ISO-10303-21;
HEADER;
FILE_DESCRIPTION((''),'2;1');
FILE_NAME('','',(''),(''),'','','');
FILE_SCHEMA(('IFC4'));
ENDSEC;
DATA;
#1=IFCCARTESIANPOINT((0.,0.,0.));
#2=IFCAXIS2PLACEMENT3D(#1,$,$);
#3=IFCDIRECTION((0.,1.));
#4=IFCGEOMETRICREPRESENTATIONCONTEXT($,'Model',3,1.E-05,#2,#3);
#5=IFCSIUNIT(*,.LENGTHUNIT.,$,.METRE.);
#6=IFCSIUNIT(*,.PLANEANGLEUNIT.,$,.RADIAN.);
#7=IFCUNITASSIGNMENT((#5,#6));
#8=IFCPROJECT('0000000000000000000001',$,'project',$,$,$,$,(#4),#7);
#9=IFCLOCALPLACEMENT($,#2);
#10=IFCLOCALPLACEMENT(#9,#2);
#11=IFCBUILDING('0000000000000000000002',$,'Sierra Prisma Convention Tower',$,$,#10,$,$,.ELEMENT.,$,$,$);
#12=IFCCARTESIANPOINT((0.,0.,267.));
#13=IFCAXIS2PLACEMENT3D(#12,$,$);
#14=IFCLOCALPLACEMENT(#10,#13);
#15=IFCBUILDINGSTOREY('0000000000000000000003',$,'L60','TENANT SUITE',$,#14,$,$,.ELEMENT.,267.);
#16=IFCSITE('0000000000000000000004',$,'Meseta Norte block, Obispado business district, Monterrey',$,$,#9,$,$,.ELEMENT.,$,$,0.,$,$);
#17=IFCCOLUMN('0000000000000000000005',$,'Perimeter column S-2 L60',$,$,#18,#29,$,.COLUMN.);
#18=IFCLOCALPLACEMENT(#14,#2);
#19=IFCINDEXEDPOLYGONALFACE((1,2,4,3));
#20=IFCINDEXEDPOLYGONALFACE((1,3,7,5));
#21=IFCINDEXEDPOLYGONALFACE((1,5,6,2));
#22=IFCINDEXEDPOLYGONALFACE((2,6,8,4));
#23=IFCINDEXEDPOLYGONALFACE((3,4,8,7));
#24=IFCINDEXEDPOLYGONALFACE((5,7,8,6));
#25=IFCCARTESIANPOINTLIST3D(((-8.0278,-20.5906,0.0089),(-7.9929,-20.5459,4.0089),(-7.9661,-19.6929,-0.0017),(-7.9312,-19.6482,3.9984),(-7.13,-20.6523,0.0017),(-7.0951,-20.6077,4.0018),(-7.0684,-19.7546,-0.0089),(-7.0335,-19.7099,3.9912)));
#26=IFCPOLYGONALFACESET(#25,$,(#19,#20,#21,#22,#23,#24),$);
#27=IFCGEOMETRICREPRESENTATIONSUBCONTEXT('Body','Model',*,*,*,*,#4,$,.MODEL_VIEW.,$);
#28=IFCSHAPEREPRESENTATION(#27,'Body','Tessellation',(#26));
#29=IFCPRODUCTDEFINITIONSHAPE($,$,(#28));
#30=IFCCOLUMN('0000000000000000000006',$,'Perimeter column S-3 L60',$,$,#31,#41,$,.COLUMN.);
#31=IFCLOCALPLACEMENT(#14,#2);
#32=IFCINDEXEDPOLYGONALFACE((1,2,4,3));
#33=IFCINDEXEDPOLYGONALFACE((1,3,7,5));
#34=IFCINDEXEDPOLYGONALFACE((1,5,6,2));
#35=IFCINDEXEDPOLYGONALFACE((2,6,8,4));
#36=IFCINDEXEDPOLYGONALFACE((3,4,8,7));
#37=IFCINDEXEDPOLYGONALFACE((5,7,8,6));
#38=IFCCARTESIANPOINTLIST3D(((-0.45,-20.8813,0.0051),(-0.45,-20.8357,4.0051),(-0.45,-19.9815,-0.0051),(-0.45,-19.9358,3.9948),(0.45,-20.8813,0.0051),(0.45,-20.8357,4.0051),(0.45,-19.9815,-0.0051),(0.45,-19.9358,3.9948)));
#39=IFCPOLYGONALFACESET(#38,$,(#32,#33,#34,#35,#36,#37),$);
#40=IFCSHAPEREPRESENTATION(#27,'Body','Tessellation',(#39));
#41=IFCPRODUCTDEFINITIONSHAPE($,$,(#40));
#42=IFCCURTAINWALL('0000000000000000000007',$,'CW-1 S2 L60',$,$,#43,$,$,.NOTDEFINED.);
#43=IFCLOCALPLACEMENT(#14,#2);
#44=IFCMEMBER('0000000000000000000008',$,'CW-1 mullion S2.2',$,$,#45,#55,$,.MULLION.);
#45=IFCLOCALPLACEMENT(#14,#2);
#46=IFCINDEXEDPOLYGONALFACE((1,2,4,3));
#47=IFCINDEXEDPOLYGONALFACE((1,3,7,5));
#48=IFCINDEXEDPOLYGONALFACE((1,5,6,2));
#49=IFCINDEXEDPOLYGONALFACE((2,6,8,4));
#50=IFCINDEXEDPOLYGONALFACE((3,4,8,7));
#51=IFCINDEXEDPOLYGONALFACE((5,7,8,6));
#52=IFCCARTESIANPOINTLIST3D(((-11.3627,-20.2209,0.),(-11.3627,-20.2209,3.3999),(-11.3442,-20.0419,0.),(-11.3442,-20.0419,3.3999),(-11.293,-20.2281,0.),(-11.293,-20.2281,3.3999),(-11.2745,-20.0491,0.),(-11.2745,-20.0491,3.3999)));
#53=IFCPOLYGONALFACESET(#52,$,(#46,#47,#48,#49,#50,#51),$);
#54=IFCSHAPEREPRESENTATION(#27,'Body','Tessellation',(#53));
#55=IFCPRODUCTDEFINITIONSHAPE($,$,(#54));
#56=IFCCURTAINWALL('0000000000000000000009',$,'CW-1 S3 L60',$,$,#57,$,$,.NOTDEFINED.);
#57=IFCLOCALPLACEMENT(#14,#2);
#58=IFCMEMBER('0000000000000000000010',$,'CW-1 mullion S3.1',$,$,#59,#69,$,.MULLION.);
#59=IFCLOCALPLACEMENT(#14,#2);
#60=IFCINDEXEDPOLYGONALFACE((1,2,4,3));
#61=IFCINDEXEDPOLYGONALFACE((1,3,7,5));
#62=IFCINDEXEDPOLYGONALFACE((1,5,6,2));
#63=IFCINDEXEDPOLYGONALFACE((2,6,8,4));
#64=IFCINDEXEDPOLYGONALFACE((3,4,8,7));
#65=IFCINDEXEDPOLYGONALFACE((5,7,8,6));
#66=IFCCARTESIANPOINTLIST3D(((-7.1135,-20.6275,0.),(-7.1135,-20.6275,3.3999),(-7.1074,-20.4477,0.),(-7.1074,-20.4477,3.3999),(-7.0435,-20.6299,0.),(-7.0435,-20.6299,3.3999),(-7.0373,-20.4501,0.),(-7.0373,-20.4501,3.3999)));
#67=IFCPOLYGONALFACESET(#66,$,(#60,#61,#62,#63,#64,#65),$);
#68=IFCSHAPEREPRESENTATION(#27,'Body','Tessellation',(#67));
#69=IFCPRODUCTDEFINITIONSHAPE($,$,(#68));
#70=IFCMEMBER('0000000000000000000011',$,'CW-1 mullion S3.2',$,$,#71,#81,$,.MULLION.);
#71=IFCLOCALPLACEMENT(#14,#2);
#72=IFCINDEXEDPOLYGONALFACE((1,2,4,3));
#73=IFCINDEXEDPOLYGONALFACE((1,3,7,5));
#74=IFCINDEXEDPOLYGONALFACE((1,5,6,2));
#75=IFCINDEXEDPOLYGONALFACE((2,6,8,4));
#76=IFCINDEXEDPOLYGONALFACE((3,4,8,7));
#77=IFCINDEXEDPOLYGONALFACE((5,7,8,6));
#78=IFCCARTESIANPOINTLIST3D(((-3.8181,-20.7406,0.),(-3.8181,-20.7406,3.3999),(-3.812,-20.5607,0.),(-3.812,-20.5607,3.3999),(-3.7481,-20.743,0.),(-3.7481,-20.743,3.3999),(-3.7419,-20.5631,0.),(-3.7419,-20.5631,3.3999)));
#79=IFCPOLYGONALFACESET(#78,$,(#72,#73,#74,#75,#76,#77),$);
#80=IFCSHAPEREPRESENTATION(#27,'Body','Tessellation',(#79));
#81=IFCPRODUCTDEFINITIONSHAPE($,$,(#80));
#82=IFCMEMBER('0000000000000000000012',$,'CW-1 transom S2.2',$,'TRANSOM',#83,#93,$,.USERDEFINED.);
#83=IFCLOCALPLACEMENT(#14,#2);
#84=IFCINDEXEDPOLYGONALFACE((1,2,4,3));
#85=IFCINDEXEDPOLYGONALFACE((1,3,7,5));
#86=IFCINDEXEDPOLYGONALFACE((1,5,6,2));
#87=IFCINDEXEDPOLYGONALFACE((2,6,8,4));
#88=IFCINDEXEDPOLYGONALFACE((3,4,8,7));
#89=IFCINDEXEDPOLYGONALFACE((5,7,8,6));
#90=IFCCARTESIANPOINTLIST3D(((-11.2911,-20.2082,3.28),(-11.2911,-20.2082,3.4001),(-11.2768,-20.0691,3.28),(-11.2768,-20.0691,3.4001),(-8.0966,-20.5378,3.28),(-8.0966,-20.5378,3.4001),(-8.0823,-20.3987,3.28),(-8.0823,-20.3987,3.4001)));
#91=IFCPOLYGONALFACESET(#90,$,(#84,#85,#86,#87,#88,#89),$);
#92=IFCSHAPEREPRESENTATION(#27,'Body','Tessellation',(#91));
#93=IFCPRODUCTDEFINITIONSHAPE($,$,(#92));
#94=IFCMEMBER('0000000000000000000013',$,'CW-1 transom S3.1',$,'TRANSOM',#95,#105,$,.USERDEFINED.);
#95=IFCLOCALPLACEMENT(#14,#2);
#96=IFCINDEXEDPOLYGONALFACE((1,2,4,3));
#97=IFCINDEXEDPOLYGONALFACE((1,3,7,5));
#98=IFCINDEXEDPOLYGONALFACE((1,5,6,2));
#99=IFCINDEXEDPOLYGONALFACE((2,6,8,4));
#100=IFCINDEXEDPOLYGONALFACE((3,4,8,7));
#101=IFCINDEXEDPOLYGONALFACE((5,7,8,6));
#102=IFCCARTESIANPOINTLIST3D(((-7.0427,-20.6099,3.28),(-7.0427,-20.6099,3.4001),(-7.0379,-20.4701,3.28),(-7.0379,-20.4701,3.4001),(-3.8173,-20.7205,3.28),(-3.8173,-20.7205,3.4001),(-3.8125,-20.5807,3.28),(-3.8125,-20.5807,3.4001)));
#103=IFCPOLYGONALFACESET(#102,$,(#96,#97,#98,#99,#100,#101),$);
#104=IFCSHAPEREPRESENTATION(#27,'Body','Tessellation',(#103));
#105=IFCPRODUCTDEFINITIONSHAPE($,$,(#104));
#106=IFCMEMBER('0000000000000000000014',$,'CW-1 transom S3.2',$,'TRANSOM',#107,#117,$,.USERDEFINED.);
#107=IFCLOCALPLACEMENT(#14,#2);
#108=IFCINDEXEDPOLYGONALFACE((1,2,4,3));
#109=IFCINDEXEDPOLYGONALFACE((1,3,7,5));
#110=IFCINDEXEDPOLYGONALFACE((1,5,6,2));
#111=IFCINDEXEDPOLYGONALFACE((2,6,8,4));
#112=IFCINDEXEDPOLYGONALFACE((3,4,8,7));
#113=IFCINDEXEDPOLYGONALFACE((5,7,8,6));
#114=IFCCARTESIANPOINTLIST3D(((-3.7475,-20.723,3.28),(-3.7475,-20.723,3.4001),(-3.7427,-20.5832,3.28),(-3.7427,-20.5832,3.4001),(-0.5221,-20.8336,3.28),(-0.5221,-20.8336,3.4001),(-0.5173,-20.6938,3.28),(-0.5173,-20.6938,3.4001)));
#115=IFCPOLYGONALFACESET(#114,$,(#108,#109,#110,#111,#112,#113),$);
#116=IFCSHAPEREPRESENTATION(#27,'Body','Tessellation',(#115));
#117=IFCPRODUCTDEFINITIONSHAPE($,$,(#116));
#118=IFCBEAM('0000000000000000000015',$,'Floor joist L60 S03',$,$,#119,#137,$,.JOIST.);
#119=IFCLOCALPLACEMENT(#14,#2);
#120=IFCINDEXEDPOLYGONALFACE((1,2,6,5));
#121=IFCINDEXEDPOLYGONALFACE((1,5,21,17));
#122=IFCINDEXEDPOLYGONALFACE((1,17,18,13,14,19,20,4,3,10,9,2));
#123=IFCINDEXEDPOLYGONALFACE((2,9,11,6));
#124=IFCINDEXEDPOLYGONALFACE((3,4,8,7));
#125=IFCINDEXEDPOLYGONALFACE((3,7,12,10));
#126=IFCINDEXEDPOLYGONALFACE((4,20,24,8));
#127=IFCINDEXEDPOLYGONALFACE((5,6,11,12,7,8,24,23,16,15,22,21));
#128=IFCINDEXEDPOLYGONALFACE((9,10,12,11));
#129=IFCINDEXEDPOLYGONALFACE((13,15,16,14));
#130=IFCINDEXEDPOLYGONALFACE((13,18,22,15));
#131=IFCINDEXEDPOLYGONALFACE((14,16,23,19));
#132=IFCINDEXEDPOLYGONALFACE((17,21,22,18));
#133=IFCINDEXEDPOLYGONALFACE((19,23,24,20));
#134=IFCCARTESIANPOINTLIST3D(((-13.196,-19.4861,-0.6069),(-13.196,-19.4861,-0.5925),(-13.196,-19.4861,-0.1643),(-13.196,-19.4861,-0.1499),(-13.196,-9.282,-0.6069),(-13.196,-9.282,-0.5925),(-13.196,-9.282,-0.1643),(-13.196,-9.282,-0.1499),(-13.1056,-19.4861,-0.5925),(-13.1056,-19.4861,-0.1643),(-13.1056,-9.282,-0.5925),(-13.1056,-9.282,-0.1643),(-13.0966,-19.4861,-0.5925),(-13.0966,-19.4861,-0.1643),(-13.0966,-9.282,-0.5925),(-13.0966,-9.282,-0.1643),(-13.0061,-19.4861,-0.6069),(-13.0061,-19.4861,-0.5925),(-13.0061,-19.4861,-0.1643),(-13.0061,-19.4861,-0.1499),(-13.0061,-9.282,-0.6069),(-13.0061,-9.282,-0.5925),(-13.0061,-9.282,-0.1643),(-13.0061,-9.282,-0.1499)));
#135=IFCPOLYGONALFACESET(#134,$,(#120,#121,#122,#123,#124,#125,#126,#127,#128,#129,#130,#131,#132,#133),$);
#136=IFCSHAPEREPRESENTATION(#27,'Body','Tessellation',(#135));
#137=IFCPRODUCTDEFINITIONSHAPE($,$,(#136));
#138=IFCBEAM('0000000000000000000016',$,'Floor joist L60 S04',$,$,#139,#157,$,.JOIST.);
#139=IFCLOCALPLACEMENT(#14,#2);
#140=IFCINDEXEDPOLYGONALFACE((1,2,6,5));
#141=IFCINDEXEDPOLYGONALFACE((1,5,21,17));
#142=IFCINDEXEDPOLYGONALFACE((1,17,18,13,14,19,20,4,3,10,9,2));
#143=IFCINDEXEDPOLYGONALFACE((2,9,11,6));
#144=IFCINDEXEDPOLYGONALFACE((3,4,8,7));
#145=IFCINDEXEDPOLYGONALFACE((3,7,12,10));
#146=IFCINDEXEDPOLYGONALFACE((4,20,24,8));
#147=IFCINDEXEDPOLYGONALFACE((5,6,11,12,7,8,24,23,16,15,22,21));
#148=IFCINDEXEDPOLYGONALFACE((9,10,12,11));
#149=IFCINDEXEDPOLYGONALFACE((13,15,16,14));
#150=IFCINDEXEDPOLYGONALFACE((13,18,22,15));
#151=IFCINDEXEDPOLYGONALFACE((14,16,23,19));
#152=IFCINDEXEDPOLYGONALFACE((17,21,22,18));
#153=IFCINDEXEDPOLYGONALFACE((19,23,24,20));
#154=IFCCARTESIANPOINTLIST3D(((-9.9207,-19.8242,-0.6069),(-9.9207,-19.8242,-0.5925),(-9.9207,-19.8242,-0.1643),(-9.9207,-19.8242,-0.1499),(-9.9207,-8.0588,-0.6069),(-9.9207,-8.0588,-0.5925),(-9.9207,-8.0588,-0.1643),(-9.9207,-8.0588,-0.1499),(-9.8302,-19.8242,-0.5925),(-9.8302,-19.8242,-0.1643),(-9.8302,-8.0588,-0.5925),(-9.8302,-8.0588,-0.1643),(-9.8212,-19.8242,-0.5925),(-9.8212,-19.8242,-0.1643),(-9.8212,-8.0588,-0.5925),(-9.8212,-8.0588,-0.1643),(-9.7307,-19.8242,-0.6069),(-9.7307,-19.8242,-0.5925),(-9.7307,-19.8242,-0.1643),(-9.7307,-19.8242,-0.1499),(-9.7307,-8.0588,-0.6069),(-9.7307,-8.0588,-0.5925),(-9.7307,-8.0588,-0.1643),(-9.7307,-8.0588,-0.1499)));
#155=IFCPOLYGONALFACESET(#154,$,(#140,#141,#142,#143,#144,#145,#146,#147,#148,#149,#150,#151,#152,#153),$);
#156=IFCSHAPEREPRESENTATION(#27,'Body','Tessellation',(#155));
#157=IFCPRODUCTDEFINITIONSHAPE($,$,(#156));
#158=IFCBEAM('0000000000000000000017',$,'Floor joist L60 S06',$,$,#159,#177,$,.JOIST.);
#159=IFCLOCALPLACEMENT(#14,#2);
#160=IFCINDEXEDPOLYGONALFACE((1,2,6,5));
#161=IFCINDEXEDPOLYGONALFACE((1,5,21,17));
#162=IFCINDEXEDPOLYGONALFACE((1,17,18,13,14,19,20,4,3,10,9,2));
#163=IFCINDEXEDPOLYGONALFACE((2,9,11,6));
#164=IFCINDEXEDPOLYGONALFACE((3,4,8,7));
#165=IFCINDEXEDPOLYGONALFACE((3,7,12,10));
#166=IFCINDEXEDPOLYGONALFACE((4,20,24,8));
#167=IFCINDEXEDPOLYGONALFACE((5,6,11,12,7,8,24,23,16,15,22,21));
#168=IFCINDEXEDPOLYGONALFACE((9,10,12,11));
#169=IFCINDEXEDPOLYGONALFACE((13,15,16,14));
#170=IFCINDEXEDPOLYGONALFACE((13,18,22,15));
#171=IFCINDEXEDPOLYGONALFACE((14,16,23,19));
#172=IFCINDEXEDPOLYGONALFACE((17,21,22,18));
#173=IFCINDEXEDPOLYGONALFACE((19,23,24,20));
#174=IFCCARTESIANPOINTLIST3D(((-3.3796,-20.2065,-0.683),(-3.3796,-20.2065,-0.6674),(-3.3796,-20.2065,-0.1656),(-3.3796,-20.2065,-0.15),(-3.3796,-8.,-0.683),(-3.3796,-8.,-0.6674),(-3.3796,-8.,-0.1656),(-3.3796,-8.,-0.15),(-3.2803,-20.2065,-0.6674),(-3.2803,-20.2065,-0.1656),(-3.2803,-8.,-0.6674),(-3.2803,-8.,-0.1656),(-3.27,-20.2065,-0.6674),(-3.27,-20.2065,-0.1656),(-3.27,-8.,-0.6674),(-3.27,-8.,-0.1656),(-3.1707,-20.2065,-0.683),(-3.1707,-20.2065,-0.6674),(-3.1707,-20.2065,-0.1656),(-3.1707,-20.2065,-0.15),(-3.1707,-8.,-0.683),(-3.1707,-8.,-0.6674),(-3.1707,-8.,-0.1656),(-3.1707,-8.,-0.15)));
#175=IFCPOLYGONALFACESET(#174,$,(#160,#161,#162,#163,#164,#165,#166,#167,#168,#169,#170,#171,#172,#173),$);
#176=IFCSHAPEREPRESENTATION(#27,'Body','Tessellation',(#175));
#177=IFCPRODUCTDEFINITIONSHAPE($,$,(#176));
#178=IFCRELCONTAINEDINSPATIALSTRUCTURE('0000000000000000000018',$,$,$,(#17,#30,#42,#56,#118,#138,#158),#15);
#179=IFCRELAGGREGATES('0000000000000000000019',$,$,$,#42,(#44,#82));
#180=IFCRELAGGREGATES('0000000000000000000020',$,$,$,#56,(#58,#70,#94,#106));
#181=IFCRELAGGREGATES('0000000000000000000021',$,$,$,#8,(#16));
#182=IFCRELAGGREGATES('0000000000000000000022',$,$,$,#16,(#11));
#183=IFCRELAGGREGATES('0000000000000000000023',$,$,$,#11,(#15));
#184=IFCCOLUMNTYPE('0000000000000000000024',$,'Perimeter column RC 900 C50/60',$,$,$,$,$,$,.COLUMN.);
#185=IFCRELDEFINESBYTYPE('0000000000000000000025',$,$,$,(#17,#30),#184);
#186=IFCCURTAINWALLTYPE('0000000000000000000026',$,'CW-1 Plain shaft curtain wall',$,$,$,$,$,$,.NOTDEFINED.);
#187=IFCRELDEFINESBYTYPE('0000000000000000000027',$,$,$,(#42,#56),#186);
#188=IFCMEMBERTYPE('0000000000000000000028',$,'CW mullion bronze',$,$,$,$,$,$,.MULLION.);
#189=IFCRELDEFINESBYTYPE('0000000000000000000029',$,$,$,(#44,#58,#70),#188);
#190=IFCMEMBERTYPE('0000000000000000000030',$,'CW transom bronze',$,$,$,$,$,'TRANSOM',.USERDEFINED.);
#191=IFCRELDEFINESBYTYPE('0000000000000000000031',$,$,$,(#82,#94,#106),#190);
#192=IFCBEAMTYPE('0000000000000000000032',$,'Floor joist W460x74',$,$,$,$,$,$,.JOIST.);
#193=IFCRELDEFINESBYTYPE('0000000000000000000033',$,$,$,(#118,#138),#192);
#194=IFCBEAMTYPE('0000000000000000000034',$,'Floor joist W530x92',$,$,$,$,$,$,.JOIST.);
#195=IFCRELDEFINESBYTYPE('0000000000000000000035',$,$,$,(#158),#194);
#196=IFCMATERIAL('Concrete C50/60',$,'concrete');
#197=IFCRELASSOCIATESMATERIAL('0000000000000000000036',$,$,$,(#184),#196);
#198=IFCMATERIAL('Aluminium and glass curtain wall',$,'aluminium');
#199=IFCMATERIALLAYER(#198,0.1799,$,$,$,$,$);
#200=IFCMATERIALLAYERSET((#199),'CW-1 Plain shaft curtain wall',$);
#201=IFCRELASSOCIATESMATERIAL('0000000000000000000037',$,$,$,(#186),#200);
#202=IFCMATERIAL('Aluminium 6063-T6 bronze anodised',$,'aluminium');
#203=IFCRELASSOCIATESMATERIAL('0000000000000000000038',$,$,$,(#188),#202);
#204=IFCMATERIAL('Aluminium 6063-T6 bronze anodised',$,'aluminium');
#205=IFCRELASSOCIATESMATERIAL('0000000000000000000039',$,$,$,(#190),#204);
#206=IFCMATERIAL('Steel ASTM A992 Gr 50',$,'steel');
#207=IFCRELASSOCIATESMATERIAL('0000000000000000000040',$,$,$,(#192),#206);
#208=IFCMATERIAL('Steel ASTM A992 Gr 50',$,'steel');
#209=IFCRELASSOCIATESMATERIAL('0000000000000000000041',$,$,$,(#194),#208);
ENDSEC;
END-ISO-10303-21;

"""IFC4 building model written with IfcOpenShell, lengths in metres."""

from ifc_helpers import new_model, si_unit, direction, frame, origin, origin_2d, place, context, subcontext, project, spatial, rectangle, i_section, extrude, material, layer, layer_set, material_profile, profile_set, type_object, element, aggregate, save


model = new_model("IFC4")

# Units and contexts
model_context = context("Model", 3, precision=1e-05, world=origin(), true_north=direction((0.0, 1.0)))
body_context = subcontext(model_context, "Body", "Model", "MODEL_VIEW")
ifc_project = project(units=[si_unit("LENGTHUNIT", "METRE"), si_unit("PLANEANGLEUNIT", "RADIAN")], contexts=[model_context])

# Site, building, storey
site_placement = place(None, origin())
site = spatial("IfcSite", under=ifc_project, at=site_placement, Name="Meseta Norte block, Obispado business district, Monterrey", CompositionType="ELEMENT", RefElevation=0.0)
building_placement = place(site_placement, origin())
building = spatial("IfcBuilding", under=site, at=building_placement, Name="Sierra Prisma Convention Tower", CompositionType="ELEMENT")
storey_placement = place(building_placement, frame((0.0, 0.0, 267.0)))
storey = spatial("IfcBuildingStorey", under=building, at=storey_placement, Name="L60", Description="TENANT SUITE", CompositionType="ELEMENT", Elevation=267.0)

# Columns
ifc_material_1 = material(Name="Concrete C50/60", Category="concrete")
ifc_material_profile_1 = material_profile(ifc_material_1, rectangle(XDim=0.8999, YDim=0.8999, at=origin_2d()), Name="Perimeter column RC 900 C50/60")
ifc_profile_set_1 = profile_set([ifc_material_profile_1], Name="Concrete C50/60")
column_type = type_object("IfcColumnType", Name="Perimeter column RC 900 C50/60", PredefinedType="COLUMN", material=ifc_profile_set_1)
column_1_placement = place(storey_placement, frame((-7.5481, -20.1726, 0.0), z_axis=(0.008727, 0.011168, 0.9999), x_axis=(-0.997612, 0.068603, 0.007941)))
element("IfcColumn", 1, at=column_1_placement, inside=storey, type_object=column_type, Name="Perimeter column S-2 L60", PredefinedType="COLUMN", context=body_context, shape_type="SweptSolid", body=[
    extrude(rectangle(XDim=0.8999, YDim=0.8999, at=origin_2d()), origin(), (0.0, 0.0, 1.0), 4.0005),
])
column_2_placement = place(storey_placement, frame((0.0, -20.4314, 0.0), z_axis=(0.0, 0.011413, 0.999935), x_axis=(1.0, 0.0, 0.0)))
element("IfcColumn", 2, at=column_2_placement, inside=storey, type_object=column_type, Name="Perimeter column S-3 L60", PredefinedType="COLUMN", context=body_context, shape_type="SweptSolid", body=[
    extrude(rectangle(XDim=0.8999, YDim=0.8999, at=origin_2d()), origin(), (0.0, 0.0, 1.0), 4.0002),
])

# Curtain wall, member
ifc_material_2 = material(Name="Aluminium and glass curtain wall", Category="aluminium")
ifc_layer_1 = layer(ifc_material_2, 0.1799)
ifc_layer_set_1 = layer_set([ifc_layer_1], Name="CW-1 Plain shaft curtain wall")
curtain_wall_type = type_object("IfcCurtainWallType", Name="CW-1 Plain shaft curtain wall", PredefinedType="NOTDEFINED", material=ifc_layer_set_1)
curtain_wall_1_placement = place(storey_placement, origin())
curtain_wall_1 = element("IfcCurtainWall", 3, at=curtain_wall_1_placement, inside=storey, type_object=curtain_wall_type, Name="CW-1 S2 L60", PredefinedType="NOTDEFINED")
ifc_material_3 = material(Name="Aluminium 6063-T6 bronze anodised", Category="aluminium")
ifc_material_profile_2 = material_profile(ifc_material_3, rectangle(XDim=0.1799, YDim=0.0701, at=origin_2d()), Name="ALU MULLION 70x180")
ifc_profile_set_2 = profile_set([ifc_material_profile_2], Name="Aluminium 6063-T6 bronze anodised")
member_type_1 = type_object("IfcMemberType", Name="CW mullion bronze", PredefinedType="MULLION", material=ifc_profile_set_2)
member_1_placement = place(storey_placement, frame((-11.3186, -20.135, 0.0), z_axis=(0.0, 0.0, 1.0), x_axis=(0.102665, 0.994716, 0.0)))
member_1 = element("IfcMember", 4, at=member_1_placement, type_object=member_type_1, Name="CW-1 mullion S2.2", PredefinedType="MULLION", context=body_context, shape_type="SweptSolid", body=[
    extrude(rectangle(XDim=0.1799, YDim=0.0701, at=origin_2d()), origin(), (0.0, 0.0, 1.0), 3.3999),
])

# Curtain wall, members
curtain_wall_2_placement = place(storey_placement, origin())
curtain_wall_2 = element("IfcCurtainWall", 5, at=curtain_wall_2_placement, inside=storey, type_object=curtain_wall_type, Name="CW-1 S3 L60", PredefinedType="NOTDEFINED")
member_2_placement = place(storey_placement, frame((-7.0754, -20.5388, 0.0), z_axis=(0.0, 0.0, 1.0), x_axis=(0.034275, 0.999412, 0.0)))
member_2 = element("IfcMember", 6, at=member_2_placement, type_object=member_type_1, Name="CW-1 mullion S3.1", PredefinedType="MULLION", context=body_context, shape_type="SweptSolid", body=[
    extrude(rectangle(XDim=0.1799, YDim=0.0701, at=origin_2d()), origin(), (0.0, 0.0, 1.0), 3.3999),
])
member_3_placement = place(storey_placement, frame((-3.78, -20.6519, 0.0), z_axis=(0.0, 0.0, 1.0), x_axis=(0.034275, 0.999412, 0.0)))
member_3 = element("IfcMember", 7, at=member_3_placement, type_object=member_type_1, Name="CW-1 mullion S3.2", PredefinedType="MULLION", context=body_context, shape_type="SweptSolid", body=[
    extrude(rectangle(XDim=0.1799, YDim=0.0701, at=origin_2d()), origin(), (0.0, 0.0, 1.0), 3.3999),
])

# Members
ifc_material_4 = material(Name="Aluminium 6063-T6 bronze anodised", Category="aluminium")
ifc_material_profile_3 = material_profile(ifc_material_4, rectangle(XDim=0.1399, YDim=0.1201, at=origin_2d()), Name="ALU TRANSOM 120x140")
ifc_profile_set_3 = profile_set([ifc_material_profile_3], Name="Aluminium 6063-T6 bronze anodised")
member_type_2 = type_object("IfcMemberType", Name="CW transom bronze", ElementType="TRANSOM", PredefinedType="USERDEFINED", material=ifc_profile_set_3)
member_4_placement = place(storey_placement, frame((-11.2839, -20.1387, 3.3401), z_axis=(0.99472, -0.102627, 0.0), x_axis=(0.102627, 0.99472, 0.0)))
member_4 = element("IfcMember", 8, at=member_4_placement, type_object=member_type_2, Name="CW-1 transom S2.2", ObjectType="TRANSOM", PredefinedType="USERDEFINED", context=body_context, shape_type="SweptSolid", body=[
    extrude(rectangle(XDim=0.1399, YDim=0.1201, at=origin_2d()), origin(), (0.0, 0.0, 1.0), 3.2114),
])
member_5_placement = place(storey_placement, frame((-7.0403, -20.54, 3.3401), z_axis=(0.999413, -0.034269, 0.0), x_axis=(0.034269, 0.999413, 0.0)))
member_5 = element("IfcMember", 9, at=member_5_placement, type_object=member_type_2, Name="CW-1 transom S3.1", ObjectType="TRANSOM", PredefinedType="USERDEFINED", context=body_context, shape_type="SweptSolid", body=[
    extrude(rectangle(XDim=0.1399, YDim=0.1201, at=origin_2d()), origin(), (0.0, 0.0, 1.0), 3.2273),
])
member_6_placement = place(storey_placement, frame((-3.7451, -20.6531, 3.3401), z_axis=(0.999413, -0.034269, 0.0), x_axis=(0.034269, 0.999413, 0.0)))
member_6 = element("IfcMember", 10, at=member_6_placement, type_object=member_type_2, Name="CW-1 transom S3.2", ObjectType="TRANSOM", PredefinedType="USERDEFINED", context=body_context, shape_type="SweptSolid", body=[
    extrude(rectangle(XDim=0.1399, YDim=0.1201, at=origin_2d()), origin(), (0.0, 0.0, 1.0), 3.2273),
])

# Beams
ifc_material_5 = material(Name="Steel ASTM A992 Gr 50", Category="steel")
ifc_material_profile_4 = material_profile(ifc_material_5, i_section(OverallWidth=0.1899, OverallDepth=0.457, WebThickness=0.009, FlangeThickness=0.0144, at=origin_2d()), Name="W460x74")
ifc_profile_set_4 = profile_set([ifc_material_profile_4], Name="Steel ASTM A992 Gr 50")
beam_type_1 = type_object("IfcBeamType", Name="Floor joist W460x74", PredefinedType="JOIST", material=ifc_profile_set_4)
beam_1_placement = place(storey_placement, frame((-13.1011, -19.4861, -0.3784), z_axis=(0.0, 1.0, 0.0), x_axis=(-1.0, 0.0, 0.0)))
element("IfcBeam", 11, at=beam_1_placement, inside=storey, type_object=beam_type_1, Name="Floor joist L60 S03", PredefinedType="JOIST", context=body_context, shape_type="SweptSolid", body=[
    extrude(i_section(OverallWidth=0.1899, OverallDepth=0.457, WebThickness=0.009, FlangeThickness=0.0144, at=origin_2d()), origin(), (0.0, 0.0, 1.0), 10.2041),
])
beam_2_placement = place(storey_placement, frame((-9.8257, -19.8242, -0.3784), z_axis=(0.0, 1.0, 0.0), x_axis=(-1.0, 0.0, 0.0)))
element("IfcBeam", 12, at=beam_2_placement, inside=storey, type_object=beam_type_1, Name="Floor joist L60 S04", PredefinedType="JOIST", context=body_context, shape_type="SweptSolid", body=[
    extrude(i_section(OverallWidth=0.1899, OverallDepth=0.457, WebThickness=0.009, FlangeThickness=0.0144, at=origin_2d()), origin(), (0.0, 0.0, 1.0), 11.7654),
])
ifc_material_6 = material(Name="Steel ASTM A992 Gr 50", Category="steel")
ifc_material_profile_5 = material_profile(ifc_material_6, i_section(OverallWidth=0.209, OverallDepth=0.533, WebThickness=0.0103, FlangeThickness=0.0156, at=origin_2d()), Name="W530x92")
ifc_profile_set_5 = profile_set([ifc_material_profile_5], Name="Steel ASTM A992 Gr 50")
beam_type_2 = type_object("IfcBeamType", Name="Floor joist W530x92", PredefinedType="JOIST", material=ifc_profile_set_5)
beam_3_placement = place(storey_placement, frame((-3.2751, -20.2065, -0.4165), z_axis=(0.0, 1.0, 0.0), x_axis=(-1.0, 0.0, 0.0)))
element("IfcBeam", 13, at=beam_3_placement, inside=storey, type_object=beam_type_2, Name="Floor joist L60 S06", PredefinedType="JOIST", context=body_context, shape_type="SweptSolid", body=[
    extrude(i_section(OverallWidth=0.209, OverallDepth=0.533, WebThickness=0.0103, FlangeThickness=0.0156, at=origin_2d()), origin(), (0.0, 0.0, 1.0), 12.2065),
])

aggregate(curtain_wall_1, [member_1, member_4])
aggregate(curtain_wall_2, [member_2, member_3, member_5, member_6])

save(model, "model.ifc")
